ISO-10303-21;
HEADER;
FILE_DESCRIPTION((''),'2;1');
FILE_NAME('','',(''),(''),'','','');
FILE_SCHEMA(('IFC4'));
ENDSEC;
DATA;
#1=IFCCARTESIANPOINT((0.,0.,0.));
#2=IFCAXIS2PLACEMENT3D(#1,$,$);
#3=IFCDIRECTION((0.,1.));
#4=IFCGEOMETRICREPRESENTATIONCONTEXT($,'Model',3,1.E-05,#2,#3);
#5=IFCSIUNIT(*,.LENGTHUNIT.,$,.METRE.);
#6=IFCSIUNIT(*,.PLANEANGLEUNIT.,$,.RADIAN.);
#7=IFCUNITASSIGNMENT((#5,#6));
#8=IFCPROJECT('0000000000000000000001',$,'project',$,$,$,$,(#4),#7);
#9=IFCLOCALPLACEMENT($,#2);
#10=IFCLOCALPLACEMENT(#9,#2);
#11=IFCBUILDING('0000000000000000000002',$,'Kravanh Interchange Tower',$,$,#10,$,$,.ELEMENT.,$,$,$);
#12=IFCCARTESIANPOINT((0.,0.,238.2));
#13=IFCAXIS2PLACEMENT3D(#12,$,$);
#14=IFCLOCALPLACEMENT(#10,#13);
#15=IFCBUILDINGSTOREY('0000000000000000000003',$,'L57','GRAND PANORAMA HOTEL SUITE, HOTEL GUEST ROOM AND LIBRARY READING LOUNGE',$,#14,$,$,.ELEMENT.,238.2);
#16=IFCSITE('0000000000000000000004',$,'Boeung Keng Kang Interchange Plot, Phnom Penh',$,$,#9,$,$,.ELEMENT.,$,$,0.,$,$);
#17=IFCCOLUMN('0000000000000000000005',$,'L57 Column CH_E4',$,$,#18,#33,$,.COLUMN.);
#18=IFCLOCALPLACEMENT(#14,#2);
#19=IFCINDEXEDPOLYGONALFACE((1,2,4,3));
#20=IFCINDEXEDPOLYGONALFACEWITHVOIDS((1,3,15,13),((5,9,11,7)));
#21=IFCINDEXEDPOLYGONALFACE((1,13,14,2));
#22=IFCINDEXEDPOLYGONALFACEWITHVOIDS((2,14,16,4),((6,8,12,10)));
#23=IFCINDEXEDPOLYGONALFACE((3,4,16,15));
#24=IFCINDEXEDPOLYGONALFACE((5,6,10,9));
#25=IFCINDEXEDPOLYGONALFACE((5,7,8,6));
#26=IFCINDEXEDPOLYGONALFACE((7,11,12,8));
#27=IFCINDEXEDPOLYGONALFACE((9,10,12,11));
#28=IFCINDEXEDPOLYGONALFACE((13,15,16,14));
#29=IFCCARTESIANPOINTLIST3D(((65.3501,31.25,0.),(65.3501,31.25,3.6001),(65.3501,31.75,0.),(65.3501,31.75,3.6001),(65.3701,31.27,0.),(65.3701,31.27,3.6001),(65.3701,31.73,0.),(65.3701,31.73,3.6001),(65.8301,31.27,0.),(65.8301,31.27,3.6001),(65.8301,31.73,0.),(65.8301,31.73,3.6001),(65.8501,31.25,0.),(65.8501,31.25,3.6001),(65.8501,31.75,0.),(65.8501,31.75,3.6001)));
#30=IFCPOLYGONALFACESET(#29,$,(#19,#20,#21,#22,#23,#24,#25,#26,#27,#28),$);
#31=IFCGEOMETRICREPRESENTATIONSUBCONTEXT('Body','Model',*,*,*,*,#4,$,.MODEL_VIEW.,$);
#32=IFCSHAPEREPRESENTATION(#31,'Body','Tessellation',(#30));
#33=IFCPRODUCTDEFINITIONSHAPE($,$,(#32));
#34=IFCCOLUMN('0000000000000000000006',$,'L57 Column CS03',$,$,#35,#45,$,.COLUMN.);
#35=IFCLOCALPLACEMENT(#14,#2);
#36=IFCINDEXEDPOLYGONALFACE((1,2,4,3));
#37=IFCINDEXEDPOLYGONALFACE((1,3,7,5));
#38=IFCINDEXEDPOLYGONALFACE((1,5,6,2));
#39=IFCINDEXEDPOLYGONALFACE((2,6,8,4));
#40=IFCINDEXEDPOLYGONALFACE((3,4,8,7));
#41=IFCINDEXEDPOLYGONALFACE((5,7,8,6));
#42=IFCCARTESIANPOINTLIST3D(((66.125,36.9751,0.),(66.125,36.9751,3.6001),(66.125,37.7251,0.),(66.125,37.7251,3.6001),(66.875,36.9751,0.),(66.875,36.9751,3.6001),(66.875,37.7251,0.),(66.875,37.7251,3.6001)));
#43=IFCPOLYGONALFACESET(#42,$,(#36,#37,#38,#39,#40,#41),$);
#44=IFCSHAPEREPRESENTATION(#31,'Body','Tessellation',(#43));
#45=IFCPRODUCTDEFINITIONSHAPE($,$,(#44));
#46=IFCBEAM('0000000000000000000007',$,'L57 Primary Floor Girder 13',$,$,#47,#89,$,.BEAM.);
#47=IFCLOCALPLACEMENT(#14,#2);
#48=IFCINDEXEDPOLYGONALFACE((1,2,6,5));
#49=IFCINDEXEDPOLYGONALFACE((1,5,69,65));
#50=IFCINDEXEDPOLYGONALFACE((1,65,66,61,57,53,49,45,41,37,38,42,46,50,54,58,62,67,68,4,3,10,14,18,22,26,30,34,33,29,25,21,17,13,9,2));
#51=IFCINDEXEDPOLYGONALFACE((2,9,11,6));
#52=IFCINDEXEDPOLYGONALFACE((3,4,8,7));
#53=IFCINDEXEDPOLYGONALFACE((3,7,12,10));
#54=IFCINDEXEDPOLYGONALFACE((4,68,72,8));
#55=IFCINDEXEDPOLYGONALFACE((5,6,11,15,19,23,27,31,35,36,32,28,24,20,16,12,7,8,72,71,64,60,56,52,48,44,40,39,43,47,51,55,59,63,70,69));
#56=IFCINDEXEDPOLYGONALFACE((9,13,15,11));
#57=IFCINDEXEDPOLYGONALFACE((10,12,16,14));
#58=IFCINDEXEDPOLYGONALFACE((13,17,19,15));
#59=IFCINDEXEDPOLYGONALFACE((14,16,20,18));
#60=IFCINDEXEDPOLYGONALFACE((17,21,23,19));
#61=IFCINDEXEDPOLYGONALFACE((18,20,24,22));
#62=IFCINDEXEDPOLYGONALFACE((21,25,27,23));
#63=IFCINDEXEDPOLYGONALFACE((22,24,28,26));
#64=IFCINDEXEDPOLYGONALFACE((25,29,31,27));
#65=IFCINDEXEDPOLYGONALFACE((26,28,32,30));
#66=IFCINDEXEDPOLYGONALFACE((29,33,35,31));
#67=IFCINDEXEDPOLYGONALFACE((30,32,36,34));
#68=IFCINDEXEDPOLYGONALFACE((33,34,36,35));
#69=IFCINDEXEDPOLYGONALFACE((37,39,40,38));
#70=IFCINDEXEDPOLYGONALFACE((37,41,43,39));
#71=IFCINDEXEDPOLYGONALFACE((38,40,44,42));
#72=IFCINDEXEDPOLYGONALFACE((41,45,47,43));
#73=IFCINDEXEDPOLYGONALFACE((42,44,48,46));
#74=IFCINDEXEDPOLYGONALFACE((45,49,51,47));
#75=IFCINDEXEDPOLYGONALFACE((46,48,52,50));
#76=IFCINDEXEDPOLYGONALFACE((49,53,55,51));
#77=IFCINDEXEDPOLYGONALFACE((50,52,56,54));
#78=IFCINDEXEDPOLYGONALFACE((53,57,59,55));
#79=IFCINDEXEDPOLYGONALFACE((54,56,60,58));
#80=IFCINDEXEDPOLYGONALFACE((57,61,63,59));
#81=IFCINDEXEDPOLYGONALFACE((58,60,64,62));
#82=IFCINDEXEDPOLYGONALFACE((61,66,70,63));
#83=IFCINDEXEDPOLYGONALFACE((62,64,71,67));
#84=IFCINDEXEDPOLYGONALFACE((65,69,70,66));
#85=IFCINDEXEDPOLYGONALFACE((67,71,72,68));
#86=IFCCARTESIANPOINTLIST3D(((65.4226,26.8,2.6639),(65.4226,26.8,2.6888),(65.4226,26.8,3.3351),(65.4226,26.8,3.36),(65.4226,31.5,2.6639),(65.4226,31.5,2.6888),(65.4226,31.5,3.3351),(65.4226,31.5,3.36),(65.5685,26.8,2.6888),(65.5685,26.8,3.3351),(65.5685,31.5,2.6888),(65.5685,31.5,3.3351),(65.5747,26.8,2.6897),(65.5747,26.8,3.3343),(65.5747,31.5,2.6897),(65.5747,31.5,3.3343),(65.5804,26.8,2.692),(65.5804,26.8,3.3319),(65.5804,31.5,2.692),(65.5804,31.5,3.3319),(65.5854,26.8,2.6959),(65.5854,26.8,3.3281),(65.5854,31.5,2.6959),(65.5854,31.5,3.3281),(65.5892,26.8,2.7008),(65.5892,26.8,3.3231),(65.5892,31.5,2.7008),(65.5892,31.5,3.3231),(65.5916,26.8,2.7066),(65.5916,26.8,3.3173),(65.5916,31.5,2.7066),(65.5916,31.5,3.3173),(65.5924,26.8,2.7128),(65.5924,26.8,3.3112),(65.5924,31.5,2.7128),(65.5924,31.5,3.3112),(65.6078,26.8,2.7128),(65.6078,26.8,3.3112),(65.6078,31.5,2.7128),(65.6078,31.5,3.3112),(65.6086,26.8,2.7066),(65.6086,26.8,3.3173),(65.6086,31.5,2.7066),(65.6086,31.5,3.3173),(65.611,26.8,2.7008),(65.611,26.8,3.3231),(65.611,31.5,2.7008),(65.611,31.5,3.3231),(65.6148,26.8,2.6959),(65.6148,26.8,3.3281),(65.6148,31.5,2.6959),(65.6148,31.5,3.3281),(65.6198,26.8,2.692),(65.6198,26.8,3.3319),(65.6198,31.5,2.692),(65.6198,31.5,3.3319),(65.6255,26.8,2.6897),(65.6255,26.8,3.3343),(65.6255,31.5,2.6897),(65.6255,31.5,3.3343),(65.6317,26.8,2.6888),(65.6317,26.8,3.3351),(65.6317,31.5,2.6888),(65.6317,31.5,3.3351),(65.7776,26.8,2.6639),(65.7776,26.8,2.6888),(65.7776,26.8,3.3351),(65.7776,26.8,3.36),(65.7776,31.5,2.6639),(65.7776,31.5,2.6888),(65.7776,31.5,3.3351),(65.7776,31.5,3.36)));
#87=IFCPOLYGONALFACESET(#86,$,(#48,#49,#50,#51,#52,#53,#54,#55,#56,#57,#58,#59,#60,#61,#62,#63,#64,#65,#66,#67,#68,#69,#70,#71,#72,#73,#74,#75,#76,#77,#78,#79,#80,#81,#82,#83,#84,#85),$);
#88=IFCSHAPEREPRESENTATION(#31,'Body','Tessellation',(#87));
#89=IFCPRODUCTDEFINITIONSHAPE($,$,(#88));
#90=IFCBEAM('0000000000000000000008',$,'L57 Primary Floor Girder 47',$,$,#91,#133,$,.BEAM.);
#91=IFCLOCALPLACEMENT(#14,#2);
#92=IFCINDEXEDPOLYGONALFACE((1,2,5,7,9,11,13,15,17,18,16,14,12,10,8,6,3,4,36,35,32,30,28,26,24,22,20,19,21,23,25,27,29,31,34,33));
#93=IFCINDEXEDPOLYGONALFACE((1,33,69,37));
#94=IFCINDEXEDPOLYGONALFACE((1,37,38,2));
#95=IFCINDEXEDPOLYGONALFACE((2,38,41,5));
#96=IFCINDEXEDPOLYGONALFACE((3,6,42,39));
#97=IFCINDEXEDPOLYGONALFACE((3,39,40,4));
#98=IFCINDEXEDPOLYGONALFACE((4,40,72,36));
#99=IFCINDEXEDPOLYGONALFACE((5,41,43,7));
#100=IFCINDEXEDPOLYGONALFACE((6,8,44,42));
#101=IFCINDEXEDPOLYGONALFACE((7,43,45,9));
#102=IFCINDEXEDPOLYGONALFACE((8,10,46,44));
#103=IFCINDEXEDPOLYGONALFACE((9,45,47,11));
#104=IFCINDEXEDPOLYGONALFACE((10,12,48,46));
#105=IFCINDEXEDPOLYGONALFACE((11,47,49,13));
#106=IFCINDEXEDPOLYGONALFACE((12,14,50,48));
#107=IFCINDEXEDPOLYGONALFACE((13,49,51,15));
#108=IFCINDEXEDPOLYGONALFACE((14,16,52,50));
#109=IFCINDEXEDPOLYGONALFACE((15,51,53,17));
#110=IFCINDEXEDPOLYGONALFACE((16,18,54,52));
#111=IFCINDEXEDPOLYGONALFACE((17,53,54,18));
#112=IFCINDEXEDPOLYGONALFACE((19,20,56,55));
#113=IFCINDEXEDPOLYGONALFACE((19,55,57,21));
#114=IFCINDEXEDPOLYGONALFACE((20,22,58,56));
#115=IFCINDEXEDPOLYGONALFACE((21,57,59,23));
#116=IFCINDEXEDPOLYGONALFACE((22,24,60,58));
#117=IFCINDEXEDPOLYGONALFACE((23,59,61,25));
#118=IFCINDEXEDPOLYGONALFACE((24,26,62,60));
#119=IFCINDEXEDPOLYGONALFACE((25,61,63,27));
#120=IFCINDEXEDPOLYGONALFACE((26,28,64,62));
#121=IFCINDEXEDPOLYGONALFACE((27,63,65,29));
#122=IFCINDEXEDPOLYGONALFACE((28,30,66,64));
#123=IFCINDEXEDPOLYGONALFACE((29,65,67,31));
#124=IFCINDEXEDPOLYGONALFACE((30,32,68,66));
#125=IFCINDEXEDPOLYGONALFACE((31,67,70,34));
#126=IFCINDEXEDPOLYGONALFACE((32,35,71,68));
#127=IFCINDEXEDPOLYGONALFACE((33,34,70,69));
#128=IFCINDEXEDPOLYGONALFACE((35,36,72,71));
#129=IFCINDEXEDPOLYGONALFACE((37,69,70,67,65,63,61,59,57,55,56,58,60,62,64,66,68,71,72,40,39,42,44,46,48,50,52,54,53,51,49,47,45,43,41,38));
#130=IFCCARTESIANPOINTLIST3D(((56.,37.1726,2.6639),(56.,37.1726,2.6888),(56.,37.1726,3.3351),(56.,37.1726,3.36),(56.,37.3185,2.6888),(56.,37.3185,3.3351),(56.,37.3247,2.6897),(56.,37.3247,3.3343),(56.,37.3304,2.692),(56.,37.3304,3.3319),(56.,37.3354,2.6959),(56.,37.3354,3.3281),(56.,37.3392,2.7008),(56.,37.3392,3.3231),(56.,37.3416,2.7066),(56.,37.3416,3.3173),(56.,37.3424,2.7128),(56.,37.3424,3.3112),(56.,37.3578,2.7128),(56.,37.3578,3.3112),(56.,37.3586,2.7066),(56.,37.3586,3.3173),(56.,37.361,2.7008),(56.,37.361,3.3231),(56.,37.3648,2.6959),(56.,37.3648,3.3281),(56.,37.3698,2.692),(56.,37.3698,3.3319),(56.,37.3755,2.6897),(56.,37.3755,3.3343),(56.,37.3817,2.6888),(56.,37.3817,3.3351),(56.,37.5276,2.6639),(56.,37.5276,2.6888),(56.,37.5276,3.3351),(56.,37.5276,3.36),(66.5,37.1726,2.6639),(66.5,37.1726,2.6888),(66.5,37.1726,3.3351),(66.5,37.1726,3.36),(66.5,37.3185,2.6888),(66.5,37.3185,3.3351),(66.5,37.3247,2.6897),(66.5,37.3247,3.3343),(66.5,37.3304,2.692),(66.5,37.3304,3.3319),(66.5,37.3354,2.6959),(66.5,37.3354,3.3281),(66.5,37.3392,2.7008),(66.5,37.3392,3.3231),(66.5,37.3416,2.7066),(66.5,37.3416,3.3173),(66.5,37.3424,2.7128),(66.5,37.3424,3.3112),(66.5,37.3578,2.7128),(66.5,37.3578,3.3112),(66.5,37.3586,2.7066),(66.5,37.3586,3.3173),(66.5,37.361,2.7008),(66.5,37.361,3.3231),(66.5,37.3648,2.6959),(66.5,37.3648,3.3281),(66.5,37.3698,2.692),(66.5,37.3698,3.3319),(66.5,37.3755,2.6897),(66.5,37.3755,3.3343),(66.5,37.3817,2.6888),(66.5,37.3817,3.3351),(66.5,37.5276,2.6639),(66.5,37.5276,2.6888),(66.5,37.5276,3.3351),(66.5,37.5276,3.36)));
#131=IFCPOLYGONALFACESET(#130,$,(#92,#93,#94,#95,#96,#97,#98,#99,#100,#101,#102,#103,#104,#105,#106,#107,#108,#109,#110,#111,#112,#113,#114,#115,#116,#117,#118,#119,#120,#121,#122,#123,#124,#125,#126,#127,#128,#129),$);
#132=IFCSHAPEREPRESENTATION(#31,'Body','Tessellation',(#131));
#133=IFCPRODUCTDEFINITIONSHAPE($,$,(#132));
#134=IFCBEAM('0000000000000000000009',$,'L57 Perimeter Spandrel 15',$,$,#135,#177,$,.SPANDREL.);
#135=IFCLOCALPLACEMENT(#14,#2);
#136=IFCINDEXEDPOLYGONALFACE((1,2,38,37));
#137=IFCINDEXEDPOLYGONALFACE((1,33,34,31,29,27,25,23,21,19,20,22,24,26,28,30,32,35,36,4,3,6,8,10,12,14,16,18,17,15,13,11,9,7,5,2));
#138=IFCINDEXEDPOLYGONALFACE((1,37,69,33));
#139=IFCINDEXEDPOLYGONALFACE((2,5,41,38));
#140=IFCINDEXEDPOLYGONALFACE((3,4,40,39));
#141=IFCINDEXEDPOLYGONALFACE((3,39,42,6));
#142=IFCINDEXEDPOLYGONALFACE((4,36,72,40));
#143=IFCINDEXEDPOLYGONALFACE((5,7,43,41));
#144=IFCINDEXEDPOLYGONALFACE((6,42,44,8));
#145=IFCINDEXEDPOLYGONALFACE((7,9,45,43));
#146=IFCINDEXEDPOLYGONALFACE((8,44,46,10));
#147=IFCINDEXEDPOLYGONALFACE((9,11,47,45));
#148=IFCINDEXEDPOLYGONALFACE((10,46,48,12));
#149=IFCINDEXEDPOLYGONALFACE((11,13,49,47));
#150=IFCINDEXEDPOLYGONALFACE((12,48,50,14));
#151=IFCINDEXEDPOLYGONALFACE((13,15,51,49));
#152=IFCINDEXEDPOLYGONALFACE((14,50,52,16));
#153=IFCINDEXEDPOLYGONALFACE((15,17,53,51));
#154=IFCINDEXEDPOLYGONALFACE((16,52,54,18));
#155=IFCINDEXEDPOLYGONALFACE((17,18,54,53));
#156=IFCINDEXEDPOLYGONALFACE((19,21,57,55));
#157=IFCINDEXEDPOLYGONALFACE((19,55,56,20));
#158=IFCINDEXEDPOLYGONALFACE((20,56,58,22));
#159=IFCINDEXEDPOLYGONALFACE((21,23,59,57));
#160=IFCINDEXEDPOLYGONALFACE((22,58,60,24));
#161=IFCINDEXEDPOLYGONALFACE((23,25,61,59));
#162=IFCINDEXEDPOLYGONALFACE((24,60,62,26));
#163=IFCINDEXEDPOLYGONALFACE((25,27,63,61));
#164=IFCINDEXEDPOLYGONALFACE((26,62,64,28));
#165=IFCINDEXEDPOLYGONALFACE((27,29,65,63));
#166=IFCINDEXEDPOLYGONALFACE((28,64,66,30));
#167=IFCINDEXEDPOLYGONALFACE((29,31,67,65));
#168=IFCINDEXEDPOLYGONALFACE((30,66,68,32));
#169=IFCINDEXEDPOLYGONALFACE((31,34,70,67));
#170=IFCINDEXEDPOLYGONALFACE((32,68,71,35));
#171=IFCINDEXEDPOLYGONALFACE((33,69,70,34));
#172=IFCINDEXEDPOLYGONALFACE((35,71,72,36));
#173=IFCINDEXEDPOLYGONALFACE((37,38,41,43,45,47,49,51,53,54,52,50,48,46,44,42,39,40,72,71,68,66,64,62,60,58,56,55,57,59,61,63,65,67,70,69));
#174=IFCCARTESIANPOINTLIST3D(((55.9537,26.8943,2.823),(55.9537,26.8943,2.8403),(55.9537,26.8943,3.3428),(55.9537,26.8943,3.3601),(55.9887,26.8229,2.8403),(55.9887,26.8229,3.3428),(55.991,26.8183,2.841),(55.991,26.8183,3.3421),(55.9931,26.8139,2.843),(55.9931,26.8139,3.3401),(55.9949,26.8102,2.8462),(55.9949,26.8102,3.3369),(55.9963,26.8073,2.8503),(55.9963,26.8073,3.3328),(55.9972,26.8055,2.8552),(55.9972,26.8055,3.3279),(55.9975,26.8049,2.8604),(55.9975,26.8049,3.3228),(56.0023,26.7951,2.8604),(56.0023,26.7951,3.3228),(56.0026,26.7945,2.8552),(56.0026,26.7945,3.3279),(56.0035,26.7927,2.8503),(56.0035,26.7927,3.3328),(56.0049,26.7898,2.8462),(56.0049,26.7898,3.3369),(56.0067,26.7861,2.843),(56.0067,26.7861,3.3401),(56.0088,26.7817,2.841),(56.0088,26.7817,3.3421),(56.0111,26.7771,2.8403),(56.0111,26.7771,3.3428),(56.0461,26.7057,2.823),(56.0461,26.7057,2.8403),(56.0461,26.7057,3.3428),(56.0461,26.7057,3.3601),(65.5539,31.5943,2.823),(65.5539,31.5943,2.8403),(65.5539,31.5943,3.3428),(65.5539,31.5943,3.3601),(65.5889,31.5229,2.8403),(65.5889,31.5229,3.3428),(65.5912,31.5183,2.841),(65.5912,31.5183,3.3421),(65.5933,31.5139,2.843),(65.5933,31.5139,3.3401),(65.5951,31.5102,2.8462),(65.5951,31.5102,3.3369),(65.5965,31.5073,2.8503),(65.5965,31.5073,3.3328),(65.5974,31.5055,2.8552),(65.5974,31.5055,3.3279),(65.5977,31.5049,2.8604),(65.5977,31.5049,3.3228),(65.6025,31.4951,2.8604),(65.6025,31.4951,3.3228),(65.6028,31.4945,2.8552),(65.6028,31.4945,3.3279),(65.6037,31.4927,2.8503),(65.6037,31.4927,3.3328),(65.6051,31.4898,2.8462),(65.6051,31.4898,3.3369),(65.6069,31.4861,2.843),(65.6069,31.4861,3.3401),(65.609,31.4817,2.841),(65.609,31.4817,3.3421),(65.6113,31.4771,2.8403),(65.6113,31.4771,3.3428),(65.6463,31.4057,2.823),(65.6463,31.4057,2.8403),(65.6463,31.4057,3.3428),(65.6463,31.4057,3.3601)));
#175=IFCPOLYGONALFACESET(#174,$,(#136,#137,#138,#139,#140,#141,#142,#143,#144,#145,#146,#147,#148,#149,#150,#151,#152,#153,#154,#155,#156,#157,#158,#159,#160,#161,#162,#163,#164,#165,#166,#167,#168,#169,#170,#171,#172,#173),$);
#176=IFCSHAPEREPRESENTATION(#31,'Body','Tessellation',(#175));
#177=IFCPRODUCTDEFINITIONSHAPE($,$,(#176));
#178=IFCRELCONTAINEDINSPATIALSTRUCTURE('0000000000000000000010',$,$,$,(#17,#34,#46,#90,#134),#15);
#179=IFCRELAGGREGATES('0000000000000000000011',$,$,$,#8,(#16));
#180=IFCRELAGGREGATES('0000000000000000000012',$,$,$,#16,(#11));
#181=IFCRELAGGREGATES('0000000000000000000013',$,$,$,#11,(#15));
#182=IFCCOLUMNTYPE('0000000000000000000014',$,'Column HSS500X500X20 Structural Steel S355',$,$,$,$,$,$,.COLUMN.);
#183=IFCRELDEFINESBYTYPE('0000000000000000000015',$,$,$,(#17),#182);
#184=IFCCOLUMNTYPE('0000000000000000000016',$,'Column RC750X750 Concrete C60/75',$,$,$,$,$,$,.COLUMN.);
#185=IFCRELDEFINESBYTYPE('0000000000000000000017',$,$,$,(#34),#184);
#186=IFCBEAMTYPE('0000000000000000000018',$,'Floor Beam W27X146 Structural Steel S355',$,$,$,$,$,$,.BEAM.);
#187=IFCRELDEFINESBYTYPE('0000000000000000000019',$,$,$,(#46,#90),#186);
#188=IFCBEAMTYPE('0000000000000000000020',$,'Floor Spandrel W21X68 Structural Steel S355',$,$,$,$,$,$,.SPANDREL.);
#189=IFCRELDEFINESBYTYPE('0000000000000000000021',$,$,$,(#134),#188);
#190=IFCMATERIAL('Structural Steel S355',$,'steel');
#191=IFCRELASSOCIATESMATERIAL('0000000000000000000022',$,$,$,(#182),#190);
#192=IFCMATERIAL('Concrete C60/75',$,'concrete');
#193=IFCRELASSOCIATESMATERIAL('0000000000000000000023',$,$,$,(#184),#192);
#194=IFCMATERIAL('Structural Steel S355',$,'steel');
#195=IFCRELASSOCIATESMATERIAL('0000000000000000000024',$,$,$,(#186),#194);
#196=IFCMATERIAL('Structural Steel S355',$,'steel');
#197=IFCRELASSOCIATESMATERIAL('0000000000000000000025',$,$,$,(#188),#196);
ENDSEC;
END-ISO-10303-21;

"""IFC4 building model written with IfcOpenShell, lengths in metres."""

from ifc_helpers import new_model, si_unit, direction, frame, origin, origin_2d, place, context, subcontext, project, spatial, rectangle, hollow_rectangle, i_section, extrude, material, material_profile, profile_set, type_object, element, save


model = new_model("IFC4")

# Units and contexts
model_context = context("Model", 3, precision=1e-05, world=origin(), true_north=direction((0.0, 1.0)))
body_context = subcontext(model_context, "Body", "Model", "MODEL_VIEW")
ifc_project = project(units=[si_unit("LENGTHUNIT", "METRE"), si_unit("PLANEANGLEUNIT", "RADIAN")], contexts=[model_context])

# Site, building, storey
site_placement = place(None, origin())
site = spatial("IfcSite", under=ifc_project, at=site_placement, Name="Boeung Keng Kang Interchange Plot, Phnom Penh", CompositionType="ELEMENT", RefElevation=0.0)
building_placement = place(site_placement, origin())
building = spatial("IfcBuilding", under=site, at=building_placement, Name="Kravanh Interchange Tower", CompositionType="ELEMENT")
storey_placement = place(building_placement, frame((0.0, 0.0, 238.2)))
storey = spatial("IfcBuildingStorey", under=building, at=storey_placement, Name="L57", Description="GRAND PANORAMA HOTEL SUITE, HOTEL GUEST ROOM AND LIBRARY READING LOUNGE", CompositionType="ELEMENT", Elevation=238.2)

# Columns
ifc_material_1 = material(Name="Structural Steel S355", Category="steel")
ifc_material_profile_1 = material_profile(ifc_material_1, hollow_rectangle(XDim=0.5, YDim=0.5, WallThickness=0.02, at=origin_2d()), Name="HSS500X500X20")
ifc_profile_set_1 = profile_set([ifc_material_profile_1], Name="Structural Steel S355")
column_type_1 = type_object("IfcColumnType", Name="Column HSS500X500X20 Structural Steel S355", PredefinedType="COLUMN", material=ifc_profile_set_1)
column_1_placement = place(storey_placement, frame((65.6001, 31.5, 0.0), z_axis=(0.0, 0.0, 1.0), x_axis=(1.0, 0.0, 0.0)))
element("IfcColumn", 1, at=column_1_placement, inside=storey, type_object=column_type_1, Name="L57 Column CH_E4", PredefinedType="COLUMN", context=body_context, shape_type="SweptSolid", body=[
    extrude(hollow_rectangle(XDim=0.5, YDim=0.5, WallThickness=0.02, at=origin_2d()), origin(), (0.0, 0.0, 1.0), 3.6001),
])
ifc_material_2 = material(Name="Concrete C60/75", Category="concrete")
ifc_material_profile_2 = material_profile(ifc_material_2, rectangle(XDim=0.75, YDim=0.75, at=origin_2d()), Name="RC750X750")
ifc_profile_set_2 = profile_set([ifc_material_profile_2], Name="Concrete C60/75")
column_type_2 = type_object("IfcColumnType", Name="Column RC750X750 Concrete C60/75", PredefinedType="COLUMN", material=ifc_profile_set_2)
column_2_placement = place(storey_placement, frame((66.5, 37.3501, 0.0), z_axis=(0.0, 0.0, 1.0), x_axis=(1.0, 0.0, 0.0)))
element("IfcColumn", 2, at=column_2_placement, inside=storey, type_object=column_type_2, Name="L57 Column CS03", PredefinedType="COLUMN", context=body_context, shape_type="SweptSolid", body=[
    extrude(rectangle(XDim=0.75, YDim=0.75, at=origin_2d()), origin(), (0.0, 0.0, 1.0), 3.6001),
])

# Beams
ifc_material_3 = material(Name="Structural Steel S355", Category="steel")
ifc_material_profile_3 = material_profile(ifc_material_3, i_section(OverallWidth=0.355, OverallDepth=0.696, WebThickness=0.0154, FlangeThickness=0.0249, FilletRadius=0.0239, at=origin_2d()), Name="W27X146")
ifc_profile_set_3 = profile_set([ifc_material_profile_3], Name="Structural Steel S355")
beam_type_1 = type_object("IfcBeamType", Name="Floor Beam W27X146 Structural Steel S355", PredefinedType="BEAM", material=ifc_profile_set_3)
beam_1_placement = place(storey_placement, frame((65.6001, 31.5, 3.012), z_axis=(0.0, -1.0, 0.0), x_axis=(1.0, 0.0, 0.0)))
element("IfcBeam", 3, at=beam_1_placement, inside=storey, type_object=beam_type_1, Name="L57 Primary Floor Girder 13", PredefinedType="BEAM", context=body_context, shape_type="SweptSolid", body=[
    extrude(i_section(OverallWidth=0.355, OverallDepth=0.696, WebThickness=0.0154, FlangeThickness=0.0249, FilletRadius=0.0239, at=origin_2d()), origin(), (0.0, 0.0, 1.0), 4.7),
])
beam_2_placement = place(storey_placement, frame((66.5, 37.3501, 3.012), z_axis=(-1.0, 0.0, 0.0), x_axis=(0.0, -1.0, 0.0)))
element("IfcBeam", 4, at=beam_2_placement, inside=storey, type_object=beam_type_1, Name="L57 Primary Floor Girder 47", PredefinedType="BEAM", context=body_context, shape_type="SweptSolid", body=[
    extrude(i_section(OverallWidth=0.355, OverallDepth=0.696, WebThickness=0.0154, FlangeThickness=0.0249, FilletRadius=0.0239, at=origin_2d()), origin(), (0.0, 0.0, 1.0), 10.5),
])
ifc_material_4 = material(Name="Structural Steel S355", Category="steel")
ifc_material_profile_4 = material_profile(ifc_material_4, i_section(OverallWidth=0.21, OverallDepth=0.5371, WebThickness=0.011, FlangeThickness=0.0173, FilletRadius=0.02, at=origin_2d()), Name="W21X68")
ifc_profile_set_4 = profile_set([ifc_material_profile_4], Name="Structural Steel S355")
beam_type_2 = type_object("IfcBeamType", Name="Floor Spandrel W21X68 Structural Steel S355", PredefinedType="SPANDREL", material=ifc_profile_set_4)
beam_3_placement = place(storey_placement, frame((65.6001, 31.5, 3.0916), z_axis=(-0.898142, -0.439706, 0.0), x_axis=(0.439706, -0.898142, 0.0)))
element("IfcBeam", 5, at=beam_3_placement, inside=storey, type_object=beam_type_2, Name="L57 Perimeter Spandrel 15", PredefinedType="SPANDREL", context=body_context, shape_type="SweptSolid", body=[
    extrude(i_section(OverallWidth=0.21, OverallDepth=0.5371, WebThickness=0.011, FlangeThickness=0.0173, FilletRadius=0.02, at=origin_2d()), origin(), (0.0, 0.0, 1.0), 10.689),
])

save(model, "model.ifc")
